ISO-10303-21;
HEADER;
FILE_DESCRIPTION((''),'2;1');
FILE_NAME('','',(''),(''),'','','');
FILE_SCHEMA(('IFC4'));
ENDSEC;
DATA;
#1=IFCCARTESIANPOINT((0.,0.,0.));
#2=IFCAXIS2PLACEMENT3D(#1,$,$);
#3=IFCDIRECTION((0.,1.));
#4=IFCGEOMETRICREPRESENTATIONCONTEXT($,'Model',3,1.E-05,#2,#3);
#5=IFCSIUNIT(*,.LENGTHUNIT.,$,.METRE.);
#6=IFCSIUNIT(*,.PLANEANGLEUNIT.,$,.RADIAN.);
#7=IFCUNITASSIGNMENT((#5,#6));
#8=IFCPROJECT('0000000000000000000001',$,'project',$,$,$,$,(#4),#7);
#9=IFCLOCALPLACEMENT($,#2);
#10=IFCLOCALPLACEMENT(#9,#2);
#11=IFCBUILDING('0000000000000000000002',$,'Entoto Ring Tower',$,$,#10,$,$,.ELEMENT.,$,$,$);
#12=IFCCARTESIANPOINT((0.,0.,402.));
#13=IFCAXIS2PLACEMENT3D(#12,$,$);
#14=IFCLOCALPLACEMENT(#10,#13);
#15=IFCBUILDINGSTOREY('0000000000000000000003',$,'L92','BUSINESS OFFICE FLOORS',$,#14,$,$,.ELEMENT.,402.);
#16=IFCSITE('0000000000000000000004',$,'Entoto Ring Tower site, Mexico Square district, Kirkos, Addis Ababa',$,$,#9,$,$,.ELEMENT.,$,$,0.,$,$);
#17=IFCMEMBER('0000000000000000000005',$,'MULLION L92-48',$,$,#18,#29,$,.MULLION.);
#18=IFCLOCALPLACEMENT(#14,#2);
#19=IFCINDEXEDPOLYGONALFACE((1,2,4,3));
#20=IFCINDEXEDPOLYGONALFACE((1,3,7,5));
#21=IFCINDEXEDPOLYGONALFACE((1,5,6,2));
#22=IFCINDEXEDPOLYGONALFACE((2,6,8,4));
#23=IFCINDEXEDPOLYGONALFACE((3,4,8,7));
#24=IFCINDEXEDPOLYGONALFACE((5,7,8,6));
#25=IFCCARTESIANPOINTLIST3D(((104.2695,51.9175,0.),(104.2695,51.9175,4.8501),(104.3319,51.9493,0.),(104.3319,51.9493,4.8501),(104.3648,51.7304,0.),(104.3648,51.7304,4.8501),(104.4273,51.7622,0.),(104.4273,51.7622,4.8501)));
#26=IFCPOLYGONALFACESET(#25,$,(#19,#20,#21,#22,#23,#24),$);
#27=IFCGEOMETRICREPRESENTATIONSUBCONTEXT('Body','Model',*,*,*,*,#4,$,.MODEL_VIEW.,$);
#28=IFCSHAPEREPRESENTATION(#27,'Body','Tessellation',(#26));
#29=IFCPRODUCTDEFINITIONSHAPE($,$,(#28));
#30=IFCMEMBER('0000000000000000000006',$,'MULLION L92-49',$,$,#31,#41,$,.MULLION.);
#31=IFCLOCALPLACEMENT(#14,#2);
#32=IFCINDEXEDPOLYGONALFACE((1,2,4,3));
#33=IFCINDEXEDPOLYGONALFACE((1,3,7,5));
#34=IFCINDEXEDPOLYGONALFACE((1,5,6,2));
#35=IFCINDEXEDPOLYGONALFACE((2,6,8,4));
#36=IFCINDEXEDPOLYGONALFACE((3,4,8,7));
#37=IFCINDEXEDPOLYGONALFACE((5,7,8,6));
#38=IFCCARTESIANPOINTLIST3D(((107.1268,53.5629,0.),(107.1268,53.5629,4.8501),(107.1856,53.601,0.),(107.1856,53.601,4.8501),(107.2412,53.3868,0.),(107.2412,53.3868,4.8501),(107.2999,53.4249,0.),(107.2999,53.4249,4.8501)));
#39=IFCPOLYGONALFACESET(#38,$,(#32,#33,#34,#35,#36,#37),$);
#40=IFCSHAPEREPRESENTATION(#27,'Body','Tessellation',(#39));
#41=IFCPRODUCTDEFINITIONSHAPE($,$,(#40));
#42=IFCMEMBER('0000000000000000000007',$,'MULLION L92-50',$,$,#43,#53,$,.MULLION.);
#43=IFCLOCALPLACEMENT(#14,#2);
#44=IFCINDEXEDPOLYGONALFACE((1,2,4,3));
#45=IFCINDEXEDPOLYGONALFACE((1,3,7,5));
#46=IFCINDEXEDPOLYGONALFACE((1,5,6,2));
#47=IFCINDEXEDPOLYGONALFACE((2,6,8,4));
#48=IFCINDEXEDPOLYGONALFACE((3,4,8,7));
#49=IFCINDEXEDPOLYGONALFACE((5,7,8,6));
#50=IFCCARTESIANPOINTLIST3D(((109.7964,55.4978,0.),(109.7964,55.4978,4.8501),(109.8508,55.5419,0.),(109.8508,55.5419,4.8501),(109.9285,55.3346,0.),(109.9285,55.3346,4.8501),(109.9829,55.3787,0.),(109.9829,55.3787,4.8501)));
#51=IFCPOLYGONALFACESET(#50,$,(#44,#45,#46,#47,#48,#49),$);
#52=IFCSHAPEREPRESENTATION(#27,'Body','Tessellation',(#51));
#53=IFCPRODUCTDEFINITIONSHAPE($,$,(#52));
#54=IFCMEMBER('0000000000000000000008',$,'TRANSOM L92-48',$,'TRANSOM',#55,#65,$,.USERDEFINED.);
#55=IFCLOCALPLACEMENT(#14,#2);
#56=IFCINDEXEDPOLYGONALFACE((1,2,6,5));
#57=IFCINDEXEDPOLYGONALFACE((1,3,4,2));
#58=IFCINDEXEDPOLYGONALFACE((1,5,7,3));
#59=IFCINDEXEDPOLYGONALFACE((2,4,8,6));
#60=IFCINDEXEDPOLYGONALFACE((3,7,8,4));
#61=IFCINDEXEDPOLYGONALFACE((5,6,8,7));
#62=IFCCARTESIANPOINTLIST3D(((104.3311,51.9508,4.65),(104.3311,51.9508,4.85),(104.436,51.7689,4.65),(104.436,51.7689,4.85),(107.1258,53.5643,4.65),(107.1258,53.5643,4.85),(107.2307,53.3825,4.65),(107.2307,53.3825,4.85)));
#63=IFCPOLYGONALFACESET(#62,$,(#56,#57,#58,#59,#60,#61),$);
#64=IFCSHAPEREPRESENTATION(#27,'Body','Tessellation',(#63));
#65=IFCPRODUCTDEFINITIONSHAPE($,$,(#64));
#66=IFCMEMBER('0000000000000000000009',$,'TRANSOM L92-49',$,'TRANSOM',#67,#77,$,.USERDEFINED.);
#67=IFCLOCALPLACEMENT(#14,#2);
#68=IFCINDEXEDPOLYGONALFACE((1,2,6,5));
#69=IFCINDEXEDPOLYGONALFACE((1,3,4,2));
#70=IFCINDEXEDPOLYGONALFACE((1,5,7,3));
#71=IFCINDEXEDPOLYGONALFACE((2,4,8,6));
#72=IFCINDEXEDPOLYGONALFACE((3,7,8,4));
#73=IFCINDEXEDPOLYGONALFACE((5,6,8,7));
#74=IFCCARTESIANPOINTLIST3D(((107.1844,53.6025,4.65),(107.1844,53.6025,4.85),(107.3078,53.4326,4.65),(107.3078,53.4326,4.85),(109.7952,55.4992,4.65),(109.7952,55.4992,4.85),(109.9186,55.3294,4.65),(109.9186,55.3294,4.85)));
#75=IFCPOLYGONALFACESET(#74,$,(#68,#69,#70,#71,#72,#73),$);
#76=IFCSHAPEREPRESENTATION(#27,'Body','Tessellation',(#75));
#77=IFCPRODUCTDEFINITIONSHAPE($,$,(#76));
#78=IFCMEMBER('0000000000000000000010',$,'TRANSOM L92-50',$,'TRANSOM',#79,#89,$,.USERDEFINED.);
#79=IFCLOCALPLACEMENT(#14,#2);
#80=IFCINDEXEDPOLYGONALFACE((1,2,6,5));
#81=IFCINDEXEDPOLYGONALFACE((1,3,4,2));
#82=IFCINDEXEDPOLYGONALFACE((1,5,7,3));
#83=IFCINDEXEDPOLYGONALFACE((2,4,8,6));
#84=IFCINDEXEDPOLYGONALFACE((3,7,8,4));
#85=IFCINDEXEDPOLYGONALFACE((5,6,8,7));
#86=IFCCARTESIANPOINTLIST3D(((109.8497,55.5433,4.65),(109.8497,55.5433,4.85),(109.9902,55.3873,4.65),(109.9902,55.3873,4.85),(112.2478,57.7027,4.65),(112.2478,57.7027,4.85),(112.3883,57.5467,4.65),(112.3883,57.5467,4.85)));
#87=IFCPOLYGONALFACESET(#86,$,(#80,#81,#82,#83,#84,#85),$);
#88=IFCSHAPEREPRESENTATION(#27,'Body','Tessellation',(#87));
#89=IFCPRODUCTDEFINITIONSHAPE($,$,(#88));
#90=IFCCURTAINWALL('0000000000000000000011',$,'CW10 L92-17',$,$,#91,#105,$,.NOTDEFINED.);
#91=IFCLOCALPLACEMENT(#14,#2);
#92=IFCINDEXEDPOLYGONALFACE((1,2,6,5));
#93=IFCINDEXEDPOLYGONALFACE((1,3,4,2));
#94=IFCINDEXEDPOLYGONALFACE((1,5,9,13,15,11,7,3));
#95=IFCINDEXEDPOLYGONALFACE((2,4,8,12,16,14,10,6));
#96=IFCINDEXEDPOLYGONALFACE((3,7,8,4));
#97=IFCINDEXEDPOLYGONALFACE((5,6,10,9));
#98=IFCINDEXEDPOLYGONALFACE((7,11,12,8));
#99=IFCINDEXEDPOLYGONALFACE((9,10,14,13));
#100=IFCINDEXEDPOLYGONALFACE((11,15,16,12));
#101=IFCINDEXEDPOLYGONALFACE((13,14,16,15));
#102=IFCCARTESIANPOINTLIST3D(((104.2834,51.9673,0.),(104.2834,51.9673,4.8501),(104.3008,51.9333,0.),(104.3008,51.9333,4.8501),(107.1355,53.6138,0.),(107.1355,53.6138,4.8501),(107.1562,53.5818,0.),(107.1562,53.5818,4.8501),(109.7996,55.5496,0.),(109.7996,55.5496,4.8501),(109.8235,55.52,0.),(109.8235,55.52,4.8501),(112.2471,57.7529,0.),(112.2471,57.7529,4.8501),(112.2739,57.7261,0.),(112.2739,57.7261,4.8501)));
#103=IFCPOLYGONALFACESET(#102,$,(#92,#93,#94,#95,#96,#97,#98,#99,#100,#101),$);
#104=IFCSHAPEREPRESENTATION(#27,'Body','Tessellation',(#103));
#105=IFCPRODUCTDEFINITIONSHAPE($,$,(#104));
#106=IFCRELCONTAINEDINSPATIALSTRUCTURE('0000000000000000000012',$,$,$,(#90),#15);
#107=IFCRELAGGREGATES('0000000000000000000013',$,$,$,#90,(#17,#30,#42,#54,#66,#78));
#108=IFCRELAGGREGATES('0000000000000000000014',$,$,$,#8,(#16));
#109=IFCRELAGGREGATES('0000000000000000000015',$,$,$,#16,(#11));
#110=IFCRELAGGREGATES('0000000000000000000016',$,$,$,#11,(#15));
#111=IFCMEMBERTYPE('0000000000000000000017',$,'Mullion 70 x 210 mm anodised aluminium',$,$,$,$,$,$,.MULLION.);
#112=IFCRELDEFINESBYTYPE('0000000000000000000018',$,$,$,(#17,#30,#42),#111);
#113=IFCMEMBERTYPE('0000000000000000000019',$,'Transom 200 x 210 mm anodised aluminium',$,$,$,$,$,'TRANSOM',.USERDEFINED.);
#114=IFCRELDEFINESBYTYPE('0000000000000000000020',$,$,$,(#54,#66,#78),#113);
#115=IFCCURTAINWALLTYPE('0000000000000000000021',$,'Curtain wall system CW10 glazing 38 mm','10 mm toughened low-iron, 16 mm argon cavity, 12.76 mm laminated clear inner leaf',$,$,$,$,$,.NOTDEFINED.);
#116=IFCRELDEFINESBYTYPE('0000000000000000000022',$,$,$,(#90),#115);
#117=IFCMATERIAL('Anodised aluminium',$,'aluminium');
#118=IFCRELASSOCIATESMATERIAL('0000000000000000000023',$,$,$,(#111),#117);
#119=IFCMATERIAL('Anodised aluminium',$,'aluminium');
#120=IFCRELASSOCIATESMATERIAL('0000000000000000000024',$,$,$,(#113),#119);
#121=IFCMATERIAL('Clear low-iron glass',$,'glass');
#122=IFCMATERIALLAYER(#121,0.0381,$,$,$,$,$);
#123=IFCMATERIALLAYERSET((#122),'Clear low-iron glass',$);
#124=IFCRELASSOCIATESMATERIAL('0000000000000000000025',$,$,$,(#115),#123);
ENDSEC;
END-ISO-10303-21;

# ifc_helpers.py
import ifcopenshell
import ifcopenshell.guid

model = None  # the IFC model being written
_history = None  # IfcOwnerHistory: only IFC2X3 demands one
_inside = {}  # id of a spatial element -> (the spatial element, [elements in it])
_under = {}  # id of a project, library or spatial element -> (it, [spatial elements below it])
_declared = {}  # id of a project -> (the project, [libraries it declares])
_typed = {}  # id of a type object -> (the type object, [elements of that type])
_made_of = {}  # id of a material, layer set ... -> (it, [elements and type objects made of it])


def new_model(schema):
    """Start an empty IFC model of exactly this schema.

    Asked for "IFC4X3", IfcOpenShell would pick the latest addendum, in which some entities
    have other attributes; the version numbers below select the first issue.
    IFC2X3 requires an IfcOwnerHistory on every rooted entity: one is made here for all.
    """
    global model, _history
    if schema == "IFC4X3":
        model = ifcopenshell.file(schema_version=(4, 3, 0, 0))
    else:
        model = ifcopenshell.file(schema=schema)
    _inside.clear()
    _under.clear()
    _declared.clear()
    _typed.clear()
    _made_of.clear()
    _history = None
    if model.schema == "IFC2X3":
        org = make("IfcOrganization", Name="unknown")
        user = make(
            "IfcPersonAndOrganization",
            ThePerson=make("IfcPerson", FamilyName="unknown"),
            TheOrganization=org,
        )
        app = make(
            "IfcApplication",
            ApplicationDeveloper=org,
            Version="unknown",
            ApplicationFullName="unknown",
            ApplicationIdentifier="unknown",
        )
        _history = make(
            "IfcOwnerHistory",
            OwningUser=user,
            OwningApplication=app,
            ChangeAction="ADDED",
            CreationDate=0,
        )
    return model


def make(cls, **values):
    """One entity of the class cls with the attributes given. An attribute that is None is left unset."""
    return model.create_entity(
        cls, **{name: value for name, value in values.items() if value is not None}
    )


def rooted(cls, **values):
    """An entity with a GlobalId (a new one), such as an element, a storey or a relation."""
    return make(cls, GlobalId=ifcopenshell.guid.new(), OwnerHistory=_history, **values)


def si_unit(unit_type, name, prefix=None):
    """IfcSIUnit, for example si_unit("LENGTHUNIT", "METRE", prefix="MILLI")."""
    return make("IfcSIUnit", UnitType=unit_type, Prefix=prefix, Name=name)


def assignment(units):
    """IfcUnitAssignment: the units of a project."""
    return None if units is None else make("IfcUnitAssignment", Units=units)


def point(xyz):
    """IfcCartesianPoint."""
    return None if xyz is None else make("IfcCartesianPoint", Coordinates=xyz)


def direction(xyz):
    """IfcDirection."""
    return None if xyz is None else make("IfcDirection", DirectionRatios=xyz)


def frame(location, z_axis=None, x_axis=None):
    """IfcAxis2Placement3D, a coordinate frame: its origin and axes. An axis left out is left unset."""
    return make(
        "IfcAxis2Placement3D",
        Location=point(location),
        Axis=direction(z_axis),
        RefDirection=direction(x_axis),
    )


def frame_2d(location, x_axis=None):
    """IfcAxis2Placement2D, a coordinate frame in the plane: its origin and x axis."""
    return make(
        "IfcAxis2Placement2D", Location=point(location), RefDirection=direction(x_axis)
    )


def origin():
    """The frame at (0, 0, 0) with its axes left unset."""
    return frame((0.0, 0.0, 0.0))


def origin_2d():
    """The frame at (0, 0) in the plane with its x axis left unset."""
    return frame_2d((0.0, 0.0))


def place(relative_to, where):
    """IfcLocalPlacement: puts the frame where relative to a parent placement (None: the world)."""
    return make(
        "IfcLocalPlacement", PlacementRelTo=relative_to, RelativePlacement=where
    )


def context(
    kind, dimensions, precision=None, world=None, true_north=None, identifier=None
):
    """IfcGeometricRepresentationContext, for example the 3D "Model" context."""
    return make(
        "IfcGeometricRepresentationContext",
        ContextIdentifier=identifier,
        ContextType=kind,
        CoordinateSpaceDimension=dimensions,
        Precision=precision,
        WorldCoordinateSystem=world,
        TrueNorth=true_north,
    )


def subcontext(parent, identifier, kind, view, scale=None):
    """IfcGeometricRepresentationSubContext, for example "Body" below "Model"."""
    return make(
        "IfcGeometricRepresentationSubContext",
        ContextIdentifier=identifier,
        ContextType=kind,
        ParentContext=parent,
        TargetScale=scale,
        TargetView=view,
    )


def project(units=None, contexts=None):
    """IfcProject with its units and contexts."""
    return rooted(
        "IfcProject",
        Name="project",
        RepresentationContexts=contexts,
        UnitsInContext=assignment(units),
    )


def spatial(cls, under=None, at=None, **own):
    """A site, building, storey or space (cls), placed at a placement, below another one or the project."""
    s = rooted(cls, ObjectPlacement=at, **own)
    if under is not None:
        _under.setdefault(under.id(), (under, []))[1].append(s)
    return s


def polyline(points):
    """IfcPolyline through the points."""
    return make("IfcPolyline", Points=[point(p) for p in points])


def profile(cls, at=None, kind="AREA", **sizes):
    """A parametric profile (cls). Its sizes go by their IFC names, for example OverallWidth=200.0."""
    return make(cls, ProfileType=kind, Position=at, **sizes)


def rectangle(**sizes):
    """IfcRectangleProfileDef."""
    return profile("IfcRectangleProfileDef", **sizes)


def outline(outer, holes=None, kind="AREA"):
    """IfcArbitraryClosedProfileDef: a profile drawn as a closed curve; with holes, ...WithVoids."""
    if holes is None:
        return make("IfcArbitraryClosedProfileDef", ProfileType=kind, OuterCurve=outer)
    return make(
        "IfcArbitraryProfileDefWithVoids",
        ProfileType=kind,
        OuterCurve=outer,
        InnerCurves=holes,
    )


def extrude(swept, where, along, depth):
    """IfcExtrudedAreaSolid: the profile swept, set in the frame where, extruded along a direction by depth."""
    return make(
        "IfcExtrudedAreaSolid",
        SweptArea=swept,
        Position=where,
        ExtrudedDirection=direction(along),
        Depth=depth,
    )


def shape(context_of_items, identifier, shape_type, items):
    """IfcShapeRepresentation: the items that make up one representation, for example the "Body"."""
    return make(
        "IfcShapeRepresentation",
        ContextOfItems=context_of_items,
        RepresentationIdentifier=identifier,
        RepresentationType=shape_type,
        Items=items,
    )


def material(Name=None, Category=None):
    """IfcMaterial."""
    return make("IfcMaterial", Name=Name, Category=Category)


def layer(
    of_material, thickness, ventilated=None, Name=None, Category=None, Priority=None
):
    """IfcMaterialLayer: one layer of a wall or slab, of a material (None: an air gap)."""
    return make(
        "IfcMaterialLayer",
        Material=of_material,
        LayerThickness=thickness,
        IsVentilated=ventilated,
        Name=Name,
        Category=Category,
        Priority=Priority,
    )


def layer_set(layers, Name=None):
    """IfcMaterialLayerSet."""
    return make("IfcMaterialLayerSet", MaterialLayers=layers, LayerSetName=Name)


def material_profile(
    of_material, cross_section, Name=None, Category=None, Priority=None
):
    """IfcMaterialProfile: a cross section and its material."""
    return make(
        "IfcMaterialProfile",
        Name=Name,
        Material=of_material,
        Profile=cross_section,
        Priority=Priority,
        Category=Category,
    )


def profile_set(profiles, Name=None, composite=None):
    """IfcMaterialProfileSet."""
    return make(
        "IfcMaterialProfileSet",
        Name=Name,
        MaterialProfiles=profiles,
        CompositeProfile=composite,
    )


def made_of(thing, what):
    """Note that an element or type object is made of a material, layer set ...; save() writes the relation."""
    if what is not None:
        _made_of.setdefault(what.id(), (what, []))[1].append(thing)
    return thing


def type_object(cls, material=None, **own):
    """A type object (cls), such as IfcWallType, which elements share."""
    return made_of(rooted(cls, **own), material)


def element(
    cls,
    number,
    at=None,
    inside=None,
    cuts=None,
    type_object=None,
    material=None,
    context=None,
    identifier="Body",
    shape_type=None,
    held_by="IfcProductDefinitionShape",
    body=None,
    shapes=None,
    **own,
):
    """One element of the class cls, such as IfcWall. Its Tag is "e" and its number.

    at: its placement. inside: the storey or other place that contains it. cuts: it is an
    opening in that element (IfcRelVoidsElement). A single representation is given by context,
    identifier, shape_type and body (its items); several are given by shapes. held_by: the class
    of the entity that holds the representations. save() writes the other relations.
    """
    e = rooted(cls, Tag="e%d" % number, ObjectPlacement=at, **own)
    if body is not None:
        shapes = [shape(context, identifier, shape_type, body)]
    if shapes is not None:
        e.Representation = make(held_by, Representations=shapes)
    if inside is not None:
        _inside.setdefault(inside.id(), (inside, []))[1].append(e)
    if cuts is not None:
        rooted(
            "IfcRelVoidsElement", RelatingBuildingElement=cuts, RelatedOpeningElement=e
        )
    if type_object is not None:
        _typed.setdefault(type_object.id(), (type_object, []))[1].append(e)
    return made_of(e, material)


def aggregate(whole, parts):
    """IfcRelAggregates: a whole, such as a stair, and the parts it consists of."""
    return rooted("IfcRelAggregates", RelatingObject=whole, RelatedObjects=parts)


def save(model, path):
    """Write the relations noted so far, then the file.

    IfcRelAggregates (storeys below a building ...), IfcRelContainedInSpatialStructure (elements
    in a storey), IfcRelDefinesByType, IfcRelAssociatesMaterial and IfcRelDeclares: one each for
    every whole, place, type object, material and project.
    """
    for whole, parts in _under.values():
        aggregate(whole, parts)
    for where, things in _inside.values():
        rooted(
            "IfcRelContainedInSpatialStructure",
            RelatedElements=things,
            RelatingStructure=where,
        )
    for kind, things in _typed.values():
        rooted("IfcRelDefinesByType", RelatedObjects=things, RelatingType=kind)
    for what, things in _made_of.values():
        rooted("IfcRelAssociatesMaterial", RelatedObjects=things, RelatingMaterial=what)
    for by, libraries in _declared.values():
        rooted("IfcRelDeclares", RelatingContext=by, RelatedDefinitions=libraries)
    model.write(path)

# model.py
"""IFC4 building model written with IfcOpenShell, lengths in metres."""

from ifc_helpers import new_model, si_unit, direction, frame, origin, origin_2d, place, context, subcontext, project, spatial, polyline, rectangle, outline, extrude, material, layer, layer_set, material_profile, profile_set, type_object, element, aggregate, save


model = new_model("IFC4")

# Units and contexts
model_context = context("Model", 3, precision=1e-05, world=origin(), true_north=direction((0.0, 1.0)))
body_context = subcontext(model_context, "Body", "Model", "MODEL_VIEW")
ifc_project = project(units=[si_unit("LENGTHUNIT", "METRE"), si_unit("PLANEANGLEUNIT", "RADIAN")], contexts=[model_context])

# Members
ifc_material_1 = material(Name="Anodised aluminium", Category="aluminium")
ifc_material_profile_1 = material_profile(ifc_material_1, rectangle(XDim=0.0701, YDim=0.21, at=origin_2d()), Name="Mullion 70 x 210 mm anodised aluminium")
ifc_profile_set_1 = profile_set([ifc_material_profile_1], Name="Anodised aluminium")
member_type_1 = type_object("IfcMemberType", Name="Mullion 70 x 210 mm anodised aluminium", PredefinedType="MULLION", material=ifc_profile_set_1)
site_placement = place(None, origin())
building_placement = place(site_placement, origin())
storey_placement = place(building_placement, frame((0.0, 0.0, 402.0)))
member_1_placement = place(storey_placement, frame((104.3484, 51.8398, 0.0), z_axis=(0.0, 0.0, 1.0), x_axis=(0.891007, 0.45399, 0.0)))
member_1 = element("IfcMember", 1, at=member_1_placement, type_object=member_type_1, Name="MULLION L92-48", PredefinedType="MULLION", context=body_context, shape_type="SweptSolid", body=[
    extrude(rectangle(XDim=0.0701, YDim=0.21, at=origin_2d()), origin(), (0.0, 0.0, 1.0), 4.8501),
])
member_2_placement = place(storey_placement, frame((107.2134, 53.4939, 0.0), z_axis=(0.0, 0.0, 1.0), x_axis=(0.838671, 0.544639, 0.0)))
member_2 = element("IfcMember", 2, at=member_2_placement, type_object=member_type_1, Name="MULLION L92-49", PredefinedType="MULLION", context=body_context, shape_type="SweptSolid", body=[
    extrude(rectangle(XDim=0.0701, YDim=0.21, at=origin_2d()), origin(), (0.0, 0.0, 1.0), 4.8501),
])
member_3_placement = place(storey_placement, frame((109.8896, 55.4382, 0.0), z_axis=(0.0, 0.0, 1.0), x_axis=(0.777146, 0.62932, 0.0)))
member_3 = element("IfcMember", 3, at=member_3_placement, type_object=member_type_1, Name="MULLION L92-50", PredefinedType="MULLION", context=body_context, shape_type="SweptSolid", body=[
    extrude(rectangle(XDim=0.0701, YDim=0.21, at=origin_2d()), origin(), (0.0, 0.0, 1.0), 4.8501),
])
ifc_material_2 = material(Name="Anodised aluminium", Category="aluminium")
ifc_material_profile_2 = material_profile(ifc_material_2, rectangle(XDim=0.21, YDim=0.2, at=origin_2d()), Name="Transom 200 x 210 mm anodised aluminium")
ifc_profile_set_2 = profile_set([ifc_material_profile_2], Name="Anodised aluminium")
member_type_2 = type_object("IfcMemberType", Name="Transom 200 x 210 mm anodised aluminium", ElementType="TRANSOM", PredefinedType="USERDEFINED", material=ifc_profile_set_2)
member_4_placement = place(storey_placement, frame((104.3835, 51.8599, 4.75), z_axis=(0.866023, 0.500004, 0.0), x_axis=(-0.500004, 0.866023, 0.0)))
member_4 = element("IfcMember", 4, at=member_4_placement, type_object=member_type_2, Name="TRANSOM L92-48", ObjectType="TRANSOM", PredefinedType="USERDEFINED", context=body_context, shape_type="SweptSolid", body=[
    extrude(rectangle(XDim=0.21, YDim=0.2, at=origin_2d()), origin(), (0.0, 0.0, 1.0), 3.2271),
])
member_5_placement = place(storey_placement, frame((107.2461, 53.5176, 4.75), z_axis=(0.80904, 0.587753, 0.0), x_axis=(-0.587753, 0.80904, 0.0)))
member_5 = element("IfcMember", 5, at=member_5_placement, type_object=member_type_2, Name="TRANSOM L92-49", ObjectType="TRANSOM", PredefinedType="USERDEFINED", context=body_context, shape_type="SweptSolid", body=[
    extrude(rectangle(XDim=0.21, YDim=0.2, at=origin_2d()), origin(), (0.0, 0.0, 1.0), 3.2271),
])
member_6_placement = place(storey_placement, frame((109.9199, 55.4653, 4.75), z_axis=(0.743132, 0.669144, 0.0), x_axis=(-0.669144, 0.743132, 0.0)))
member_6 = element("IfcMember", 6, at=member_6_placement, type_object=member_type_2, Name="TRANSOM L92-50", ObjectType="TRANSOM", PredefinedType="USERDEFINED", context=body_context, shape_type="SweptSolid", body=[
    extrude(rectangle(XDim=0.21, YDim=0.2, at=origin_2d()), origin(), (0.0, 0.0, 1.0), 3.2271),
])

# Site, building, storey
site = spatial("IfcSite", under=ifc_project, at=site_placement, Name="Entoto Ring Tower site, Mexico Square district, Kirkos, Addis Ababa", CompositionType="ELEMENT", RefElevation=0.0)
building = spatial("IfcBuilding", under=site, at=building_placement, Name="Entoto Ring Tower", CompositionType="ELEMENT")
storey = spatial("IfcBuildingStorey", under=building, at=storey_placement, Name="L92", Description="BUSINESS OFFICE FLOORS", CompositionType="ELEMENT", Elevation=402.0)

# Curtain wall
ifc_material_3 = material(Name="Clear low-iron glass", Category="glass")
ifc_layer = layer(ifc_material_3, 0.0381)
ifc_layer_set = layer_set([ifc_layer], Name="Clear low-iron glass")
curtain_wall_type = type_object("IfcCurtainWallType", Name="Curtain wall system CW10 glazing 38 mm", Description="10 mm toughened low-iron, 16 mm argon cavity, 12.76 mm laminated clear inner leaf", PredefinedType="NOTDEFINED", material=ifc_layer_set)
curtain_wall_1_placement = place(storey_placement, origin())
curtain_wall_1 = element("IfcCurtainWall", 7, at=curtain_wall_1_placement, inside=storey, type_object=curtain_wall_type, Name="CW10 L92-17", PredefinedType="NOTDEFINED", context=body_context, shape_type="SweptSolid", body=[
    extrude(outline(polyline([(104.3008, 51.9333), (107.1562, 53.5818), (109.8235, 55.52), (112.2739, 57.7261), (112.2471, 57.7529), (109.7996, 55.5496), (107.1355, 53.6138), (104.2834, 51.9673), (104.3008, 51.9333)])), origin(), (0.0, 0.0, 1.0), 4.8501),
])
aggregate(curtain_wall_1, [member_1, member_2, member_3, member_4, member_5, member_6])

save(model, "model.ifc")
